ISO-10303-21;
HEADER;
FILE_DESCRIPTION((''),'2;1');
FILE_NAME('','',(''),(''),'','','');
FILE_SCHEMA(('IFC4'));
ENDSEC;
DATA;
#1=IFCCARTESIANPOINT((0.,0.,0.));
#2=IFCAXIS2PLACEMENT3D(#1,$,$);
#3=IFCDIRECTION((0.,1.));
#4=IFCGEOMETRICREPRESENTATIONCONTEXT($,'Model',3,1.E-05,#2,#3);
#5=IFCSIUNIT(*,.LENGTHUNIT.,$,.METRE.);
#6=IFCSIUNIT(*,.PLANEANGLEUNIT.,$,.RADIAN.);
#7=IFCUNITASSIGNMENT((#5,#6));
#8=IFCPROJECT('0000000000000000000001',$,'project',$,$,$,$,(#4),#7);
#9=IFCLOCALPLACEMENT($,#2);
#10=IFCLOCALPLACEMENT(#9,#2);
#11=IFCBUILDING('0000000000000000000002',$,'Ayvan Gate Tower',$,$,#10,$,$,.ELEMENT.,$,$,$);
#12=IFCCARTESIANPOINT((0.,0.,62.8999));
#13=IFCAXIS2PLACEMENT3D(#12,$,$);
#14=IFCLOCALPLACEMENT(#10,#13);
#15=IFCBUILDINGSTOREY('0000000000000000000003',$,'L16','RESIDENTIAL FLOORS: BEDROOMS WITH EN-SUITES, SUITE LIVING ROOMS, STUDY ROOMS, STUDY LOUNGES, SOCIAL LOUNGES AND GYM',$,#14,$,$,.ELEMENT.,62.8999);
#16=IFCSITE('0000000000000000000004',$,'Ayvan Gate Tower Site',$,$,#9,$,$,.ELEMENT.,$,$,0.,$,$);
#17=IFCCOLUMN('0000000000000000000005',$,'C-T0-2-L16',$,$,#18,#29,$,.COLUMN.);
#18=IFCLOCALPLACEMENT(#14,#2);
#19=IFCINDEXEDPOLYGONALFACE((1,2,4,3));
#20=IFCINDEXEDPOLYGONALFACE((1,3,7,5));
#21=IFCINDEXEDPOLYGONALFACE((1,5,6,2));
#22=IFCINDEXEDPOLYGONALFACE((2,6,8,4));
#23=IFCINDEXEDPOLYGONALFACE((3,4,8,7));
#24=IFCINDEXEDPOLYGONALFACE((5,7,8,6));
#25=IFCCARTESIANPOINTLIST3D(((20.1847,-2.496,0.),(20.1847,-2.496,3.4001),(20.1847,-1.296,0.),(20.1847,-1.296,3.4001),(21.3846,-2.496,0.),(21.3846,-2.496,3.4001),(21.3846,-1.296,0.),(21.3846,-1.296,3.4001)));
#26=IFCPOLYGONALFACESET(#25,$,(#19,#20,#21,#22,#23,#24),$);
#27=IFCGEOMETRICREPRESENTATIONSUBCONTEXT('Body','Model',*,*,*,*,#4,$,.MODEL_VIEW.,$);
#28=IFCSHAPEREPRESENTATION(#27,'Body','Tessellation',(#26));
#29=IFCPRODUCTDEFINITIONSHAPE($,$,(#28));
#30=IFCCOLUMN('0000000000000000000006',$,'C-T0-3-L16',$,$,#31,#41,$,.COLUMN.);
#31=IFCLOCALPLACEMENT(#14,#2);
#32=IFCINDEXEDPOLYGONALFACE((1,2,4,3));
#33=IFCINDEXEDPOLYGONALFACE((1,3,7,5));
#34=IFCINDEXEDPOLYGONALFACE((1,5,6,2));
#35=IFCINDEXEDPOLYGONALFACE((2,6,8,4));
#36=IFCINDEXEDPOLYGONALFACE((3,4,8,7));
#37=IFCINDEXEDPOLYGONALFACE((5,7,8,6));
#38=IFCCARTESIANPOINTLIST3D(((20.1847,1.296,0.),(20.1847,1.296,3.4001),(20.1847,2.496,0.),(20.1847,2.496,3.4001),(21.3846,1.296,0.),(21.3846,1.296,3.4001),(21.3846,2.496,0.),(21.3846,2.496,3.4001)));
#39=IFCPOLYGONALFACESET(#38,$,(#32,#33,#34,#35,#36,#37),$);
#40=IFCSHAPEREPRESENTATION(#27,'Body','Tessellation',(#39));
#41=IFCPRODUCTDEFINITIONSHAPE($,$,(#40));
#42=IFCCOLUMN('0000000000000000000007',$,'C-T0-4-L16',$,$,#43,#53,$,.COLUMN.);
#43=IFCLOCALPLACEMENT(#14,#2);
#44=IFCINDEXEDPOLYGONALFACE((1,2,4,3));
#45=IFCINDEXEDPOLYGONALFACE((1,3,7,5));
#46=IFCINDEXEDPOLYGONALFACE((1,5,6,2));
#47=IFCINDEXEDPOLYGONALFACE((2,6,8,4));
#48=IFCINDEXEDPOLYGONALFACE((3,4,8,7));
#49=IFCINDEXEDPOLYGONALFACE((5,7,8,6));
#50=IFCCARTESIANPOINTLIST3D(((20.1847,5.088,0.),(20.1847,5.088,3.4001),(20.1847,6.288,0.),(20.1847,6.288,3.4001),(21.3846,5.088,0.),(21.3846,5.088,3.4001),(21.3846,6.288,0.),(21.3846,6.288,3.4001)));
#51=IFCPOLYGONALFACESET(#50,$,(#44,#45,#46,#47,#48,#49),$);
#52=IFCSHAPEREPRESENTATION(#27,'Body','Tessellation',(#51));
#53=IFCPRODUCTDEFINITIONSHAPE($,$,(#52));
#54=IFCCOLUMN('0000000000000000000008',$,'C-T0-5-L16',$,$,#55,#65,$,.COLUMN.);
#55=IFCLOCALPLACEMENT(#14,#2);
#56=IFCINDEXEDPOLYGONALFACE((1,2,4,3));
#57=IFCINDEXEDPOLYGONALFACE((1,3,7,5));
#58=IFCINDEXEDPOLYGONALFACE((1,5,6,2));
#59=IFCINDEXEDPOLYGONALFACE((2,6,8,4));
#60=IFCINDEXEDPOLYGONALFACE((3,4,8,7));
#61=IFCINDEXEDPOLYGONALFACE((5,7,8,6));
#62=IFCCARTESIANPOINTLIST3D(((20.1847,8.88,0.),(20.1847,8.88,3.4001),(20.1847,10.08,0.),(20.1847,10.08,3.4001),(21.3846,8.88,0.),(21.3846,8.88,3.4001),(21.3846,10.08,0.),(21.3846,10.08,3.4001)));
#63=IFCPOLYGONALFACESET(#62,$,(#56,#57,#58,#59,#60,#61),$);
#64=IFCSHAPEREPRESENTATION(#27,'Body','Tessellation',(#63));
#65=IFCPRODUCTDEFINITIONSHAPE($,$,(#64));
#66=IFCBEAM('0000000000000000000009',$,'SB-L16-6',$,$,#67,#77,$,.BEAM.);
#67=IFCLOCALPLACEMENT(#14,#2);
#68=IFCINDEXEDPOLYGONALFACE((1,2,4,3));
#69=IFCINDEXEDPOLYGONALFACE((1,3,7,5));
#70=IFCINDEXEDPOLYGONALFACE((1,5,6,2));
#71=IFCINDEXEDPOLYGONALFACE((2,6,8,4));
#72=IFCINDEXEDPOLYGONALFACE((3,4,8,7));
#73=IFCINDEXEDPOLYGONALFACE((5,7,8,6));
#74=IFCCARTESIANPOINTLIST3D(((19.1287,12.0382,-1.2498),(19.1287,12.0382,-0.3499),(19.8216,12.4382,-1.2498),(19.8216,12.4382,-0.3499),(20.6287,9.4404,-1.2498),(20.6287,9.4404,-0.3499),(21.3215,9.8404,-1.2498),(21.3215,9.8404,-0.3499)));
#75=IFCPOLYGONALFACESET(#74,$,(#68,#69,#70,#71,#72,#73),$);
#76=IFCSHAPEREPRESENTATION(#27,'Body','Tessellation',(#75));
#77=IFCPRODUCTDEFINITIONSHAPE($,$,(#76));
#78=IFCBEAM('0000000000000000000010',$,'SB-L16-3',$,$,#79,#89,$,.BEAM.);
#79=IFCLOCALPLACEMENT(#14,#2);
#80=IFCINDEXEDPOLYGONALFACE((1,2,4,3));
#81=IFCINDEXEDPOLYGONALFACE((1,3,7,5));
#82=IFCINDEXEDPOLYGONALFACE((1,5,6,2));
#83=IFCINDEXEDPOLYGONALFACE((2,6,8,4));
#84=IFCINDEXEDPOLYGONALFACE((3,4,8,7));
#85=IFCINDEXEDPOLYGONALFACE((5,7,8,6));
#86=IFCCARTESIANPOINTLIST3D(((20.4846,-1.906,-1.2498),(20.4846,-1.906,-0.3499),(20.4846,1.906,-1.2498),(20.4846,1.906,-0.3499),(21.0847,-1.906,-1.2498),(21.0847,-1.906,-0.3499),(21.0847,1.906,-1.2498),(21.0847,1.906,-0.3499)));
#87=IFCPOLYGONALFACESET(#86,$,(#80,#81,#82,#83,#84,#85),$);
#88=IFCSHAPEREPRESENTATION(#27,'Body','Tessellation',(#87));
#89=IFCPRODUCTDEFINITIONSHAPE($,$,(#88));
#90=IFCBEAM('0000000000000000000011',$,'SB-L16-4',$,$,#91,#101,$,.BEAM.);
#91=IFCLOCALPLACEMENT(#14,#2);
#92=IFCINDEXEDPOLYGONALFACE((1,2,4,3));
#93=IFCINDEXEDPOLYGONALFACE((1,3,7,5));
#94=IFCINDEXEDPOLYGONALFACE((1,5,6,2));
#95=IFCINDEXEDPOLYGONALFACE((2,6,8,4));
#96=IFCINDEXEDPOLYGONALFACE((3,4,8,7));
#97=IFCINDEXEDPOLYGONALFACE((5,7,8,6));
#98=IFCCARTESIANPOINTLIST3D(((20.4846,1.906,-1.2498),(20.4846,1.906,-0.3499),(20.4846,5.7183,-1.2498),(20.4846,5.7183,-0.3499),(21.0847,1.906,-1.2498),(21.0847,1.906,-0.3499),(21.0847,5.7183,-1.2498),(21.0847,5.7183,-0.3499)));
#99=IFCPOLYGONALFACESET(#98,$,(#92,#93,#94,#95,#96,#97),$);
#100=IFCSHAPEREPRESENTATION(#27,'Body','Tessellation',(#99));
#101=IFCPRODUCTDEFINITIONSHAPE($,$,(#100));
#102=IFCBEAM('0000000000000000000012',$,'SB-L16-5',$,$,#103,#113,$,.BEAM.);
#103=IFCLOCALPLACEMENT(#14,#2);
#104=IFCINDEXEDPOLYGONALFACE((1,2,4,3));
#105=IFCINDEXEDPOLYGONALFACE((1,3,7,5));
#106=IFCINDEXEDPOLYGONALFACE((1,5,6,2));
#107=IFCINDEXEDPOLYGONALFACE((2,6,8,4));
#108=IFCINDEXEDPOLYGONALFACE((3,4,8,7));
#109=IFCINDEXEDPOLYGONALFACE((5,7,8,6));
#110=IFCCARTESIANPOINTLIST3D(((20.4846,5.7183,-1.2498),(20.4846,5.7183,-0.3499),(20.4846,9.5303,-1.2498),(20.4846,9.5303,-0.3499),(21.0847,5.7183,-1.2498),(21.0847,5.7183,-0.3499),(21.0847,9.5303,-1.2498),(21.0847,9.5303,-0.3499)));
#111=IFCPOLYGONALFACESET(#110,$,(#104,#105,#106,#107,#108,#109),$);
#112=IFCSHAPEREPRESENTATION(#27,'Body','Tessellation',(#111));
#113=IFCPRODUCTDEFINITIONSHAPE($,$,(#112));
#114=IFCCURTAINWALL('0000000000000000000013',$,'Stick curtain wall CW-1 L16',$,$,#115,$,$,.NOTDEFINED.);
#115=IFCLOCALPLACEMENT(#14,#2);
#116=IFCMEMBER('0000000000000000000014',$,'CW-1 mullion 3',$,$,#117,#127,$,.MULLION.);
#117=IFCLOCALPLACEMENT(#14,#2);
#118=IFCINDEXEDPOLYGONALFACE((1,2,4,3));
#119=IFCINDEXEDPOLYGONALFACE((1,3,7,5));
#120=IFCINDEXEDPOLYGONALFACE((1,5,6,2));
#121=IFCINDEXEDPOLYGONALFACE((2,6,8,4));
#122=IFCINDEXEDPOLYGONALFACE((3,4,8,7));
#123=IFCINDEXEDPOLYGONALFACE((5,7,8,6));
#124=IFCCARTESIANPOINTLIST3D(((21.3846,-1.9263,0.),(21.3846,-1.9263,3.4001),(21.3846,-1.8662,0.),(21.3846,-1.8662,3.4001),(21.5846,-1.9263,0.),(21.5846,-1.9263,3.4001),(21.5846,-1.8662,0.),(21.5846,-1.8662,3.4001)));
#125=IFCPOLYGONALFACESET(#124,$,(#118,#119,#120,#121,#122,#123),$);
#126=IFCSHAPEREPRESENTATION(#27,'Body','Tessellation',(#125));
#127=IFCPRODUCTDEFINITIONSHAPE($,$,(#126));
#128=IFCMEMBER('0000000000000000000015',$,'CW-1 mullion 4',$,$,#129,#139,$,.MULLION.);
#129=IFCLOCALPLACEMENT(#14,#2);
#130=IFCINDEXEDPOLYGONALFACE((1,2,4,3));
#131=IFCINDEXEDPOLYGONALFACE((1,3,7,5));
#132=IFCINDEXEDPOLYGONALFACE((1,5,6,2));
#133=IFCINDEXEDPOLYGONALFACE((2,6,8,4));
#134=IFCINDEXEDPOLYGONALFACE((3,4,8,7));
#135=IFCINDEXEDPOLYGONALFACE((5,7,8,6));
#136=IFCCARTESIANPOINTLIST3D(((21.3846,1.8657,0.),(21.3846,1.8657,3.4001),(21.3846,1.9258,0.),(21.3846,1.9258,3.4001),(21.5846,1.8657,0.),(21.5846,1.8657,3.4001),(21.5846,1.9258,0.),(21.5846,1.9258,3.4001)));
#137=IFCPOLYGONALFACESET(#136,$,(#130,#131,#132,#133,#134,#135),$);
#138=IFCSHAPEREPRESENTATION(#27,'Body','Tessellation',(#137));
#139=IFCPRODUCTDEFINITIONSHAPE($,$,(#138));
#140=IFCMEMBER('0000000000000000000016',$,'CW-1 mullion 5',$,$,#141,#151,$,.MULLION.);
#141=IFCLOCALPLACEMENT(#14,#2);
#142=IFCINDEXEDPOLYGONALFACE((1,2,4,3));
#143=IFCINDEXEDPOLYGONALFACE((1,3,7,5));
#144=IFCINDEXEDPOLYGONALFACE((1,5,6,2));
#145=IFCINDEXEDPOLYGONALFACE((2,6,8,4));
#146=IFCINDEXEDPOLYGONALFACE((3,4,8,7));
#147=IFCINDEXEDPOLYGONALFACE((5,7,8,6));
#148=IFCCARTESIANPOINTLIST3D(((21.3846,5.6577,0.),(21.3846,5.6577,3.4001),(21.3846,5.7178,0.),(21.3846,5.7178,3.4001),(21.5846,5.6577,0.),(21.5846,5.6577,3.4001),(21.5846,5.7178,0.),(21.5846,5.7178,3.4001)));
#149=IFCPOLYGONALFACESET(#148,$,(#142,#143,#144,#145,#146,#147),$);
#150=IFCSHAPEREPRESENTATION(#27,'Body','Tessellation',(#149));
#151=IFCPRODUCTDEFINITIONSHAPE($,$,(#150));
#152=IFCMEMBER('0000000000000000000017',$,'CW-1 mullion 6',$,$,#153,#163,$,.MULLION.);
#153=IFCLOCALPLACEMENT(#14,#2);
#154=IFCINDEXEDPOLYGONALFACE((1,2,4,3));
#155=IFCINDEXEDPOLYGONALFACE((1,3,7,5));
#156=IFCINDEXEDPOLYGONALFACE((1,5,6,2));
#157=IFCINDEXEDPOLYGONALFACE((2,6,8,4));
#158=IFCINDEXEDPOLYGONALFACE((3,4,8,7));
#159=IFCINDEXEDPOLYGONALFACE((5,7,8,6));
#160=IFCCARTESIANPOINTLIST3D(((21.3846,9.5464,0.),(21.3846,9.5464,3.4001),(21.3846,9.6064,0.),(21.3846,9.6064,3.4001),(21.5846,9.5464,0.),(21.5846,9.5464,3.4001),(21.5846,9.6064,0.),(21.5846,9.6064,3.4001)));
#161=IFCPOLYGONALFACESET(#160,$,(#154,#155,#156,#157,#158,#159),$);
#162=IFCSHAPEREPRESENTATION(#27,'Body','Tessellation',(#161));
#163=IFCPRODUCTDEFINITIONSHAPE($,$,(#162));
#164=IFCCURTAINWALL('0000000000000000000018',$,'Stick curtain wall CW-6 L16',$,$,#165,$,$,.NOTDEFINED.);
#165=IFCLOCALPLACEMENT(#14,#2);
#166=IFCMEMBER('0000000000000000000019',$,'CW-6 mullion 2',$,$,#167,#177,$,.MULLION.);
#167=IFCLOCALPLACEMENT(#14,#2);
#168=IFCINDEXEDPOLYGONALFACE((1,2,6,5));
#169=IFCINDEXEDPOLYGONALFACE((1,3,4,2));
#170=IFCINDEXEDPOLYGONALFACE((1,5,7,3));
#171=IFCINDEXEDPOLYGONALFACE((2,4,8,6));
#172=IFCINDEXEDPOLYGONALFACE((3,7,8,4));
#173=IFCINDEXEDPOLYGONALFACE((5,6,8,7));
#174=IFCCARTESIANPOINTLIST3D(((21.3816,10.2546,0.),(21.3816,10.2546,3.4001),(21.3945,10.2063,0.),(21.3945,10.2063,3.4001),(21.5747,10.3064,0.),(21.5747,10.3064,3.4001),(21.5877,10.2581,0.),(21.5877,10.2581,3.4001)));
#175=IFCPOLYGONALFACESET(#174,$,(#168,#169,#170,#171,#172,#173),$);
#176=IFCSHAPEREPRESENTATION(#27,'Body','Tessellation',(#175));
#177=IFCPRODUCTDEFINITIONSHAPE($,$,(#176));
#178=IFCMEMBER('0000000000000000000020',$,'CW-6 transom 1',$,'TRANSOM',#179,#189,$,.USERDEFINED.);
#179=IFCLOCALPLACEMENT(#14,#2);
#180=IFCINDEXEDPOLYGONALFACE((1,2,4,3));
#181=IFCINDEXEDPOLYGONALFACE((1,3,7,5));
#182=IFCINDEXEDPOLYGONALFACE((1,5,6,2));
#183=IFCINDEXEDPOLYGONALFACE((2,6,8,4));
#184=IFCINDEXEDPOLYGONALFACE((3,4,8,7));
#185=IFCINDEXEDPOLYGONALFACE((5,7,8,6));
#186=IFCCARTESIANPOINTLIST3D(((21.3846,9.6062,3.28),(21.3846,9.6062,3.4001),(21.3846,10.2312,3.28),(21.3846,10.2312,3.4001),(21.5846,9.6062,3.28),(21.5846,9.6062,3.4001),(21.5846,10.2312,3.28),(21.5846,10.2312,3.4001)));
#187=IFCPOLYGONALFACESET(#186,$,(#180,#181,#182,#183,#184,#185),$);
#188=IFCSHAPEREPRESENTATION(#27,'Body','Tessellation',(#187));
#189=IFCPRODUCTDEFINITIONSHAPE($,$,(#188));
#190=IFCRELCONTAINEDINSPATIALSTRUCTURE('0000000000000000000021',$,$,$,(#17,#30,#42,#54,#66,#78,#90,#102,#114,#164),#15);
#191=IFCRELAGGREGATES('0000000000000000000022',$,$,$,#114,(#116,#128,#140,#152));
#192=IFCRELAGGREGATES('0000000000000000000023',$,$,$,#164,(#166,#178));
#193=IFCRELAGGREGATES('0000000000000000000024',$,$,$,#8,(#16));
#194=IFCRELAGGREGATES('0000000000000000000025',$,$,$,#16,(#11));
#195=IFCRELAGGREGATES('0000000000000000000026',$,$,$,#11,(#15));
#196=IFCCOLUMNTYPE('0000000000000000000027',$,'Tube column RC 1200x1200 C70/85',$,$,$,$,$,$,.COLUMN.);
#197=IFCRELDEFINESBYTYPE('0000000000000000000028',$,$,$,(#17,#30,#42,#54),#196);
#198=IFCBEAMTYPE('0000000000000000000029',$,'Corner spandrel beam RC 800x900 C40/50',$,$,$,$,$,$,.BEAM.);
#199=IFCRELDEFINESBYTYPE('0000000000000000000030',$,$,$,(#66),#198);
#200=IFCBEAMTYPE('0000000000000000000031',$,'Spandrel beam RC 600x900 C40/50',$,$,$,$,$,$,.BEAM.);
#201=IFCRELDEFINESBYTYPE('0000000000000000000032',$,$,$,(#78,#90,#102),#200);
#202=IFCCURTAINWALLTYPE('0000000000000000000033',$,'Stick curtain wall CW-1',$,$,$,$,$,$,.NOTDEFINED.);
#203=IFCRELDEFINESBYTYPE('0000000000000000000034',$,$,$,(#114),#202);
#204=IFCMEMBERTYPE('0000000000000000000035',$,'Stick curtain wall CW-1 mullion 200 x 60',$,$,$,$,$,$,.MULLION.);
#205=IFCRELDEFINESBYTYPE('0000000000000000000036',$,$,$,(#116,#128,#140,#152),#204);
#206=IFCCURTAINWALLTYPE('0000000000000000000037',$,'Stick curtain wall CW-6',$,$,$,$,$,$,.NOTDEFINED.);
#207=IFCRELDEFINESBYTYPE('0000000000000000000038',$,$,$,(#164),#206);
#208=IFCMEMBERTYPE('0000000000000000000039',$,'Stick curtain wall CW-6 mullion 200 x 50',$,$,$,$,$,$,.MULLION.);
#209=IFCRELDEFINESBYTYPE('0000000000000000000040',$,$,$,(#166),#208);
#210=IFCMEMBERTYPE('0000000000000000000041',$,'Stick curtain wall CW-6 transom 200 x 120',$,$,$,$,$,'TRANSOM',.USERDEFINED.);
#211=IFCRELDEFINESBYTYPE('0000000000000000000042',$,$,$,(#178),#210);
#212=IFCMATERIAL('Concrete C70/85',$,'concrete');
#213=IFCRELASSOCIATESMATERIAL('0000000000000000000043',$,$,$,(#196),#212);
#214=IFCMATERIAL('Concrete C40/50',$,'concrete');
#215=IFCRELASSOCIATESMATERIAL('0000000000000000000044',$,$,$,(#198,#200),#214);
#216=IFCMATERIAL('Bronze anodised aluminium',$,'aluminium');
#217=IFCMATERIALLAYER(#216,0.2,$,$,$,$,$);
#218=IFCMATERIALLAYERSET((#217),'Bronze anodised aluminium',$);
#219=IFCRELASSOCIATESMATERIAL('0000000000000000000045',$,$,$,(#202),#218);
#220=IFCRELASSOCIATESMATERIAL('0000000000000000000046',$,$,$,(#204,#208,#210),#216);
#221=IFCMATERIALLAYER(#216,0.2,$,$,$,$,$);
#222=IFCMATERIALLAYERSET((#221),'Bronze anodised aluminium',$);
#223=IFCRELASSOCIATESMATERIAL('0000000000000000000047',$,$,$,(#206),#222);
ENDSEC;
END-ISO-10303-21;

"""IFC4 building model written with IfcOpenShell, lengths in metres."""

from ifc_helpers import new_model, si_unit, direction, frame, origin, origin_2d, place, context, subcontext, project, spatial, rectangle, extrude, material, layer, layer_set, material_profile, profile_set, type_object, element, aggregate, save


model = new_model("IFC4")

# Units and contexts
model_context = context("Model", 3, precision=1e-05, world=origin(), true_north=direction((0.0, 1.0)))
body_context = subcontext(model_context, "Body", "Model", "MODEL_VIEW")
ifc_project = project(units=[si_unit("LENGTHUNIT", "METRE"), si_unit("PLANEANGLEUNIT", "RADIAN")], contexts=[model_context])

# Site, building, storey
site_placement = place(None, origin())
site = spatial("IfcSite", under=ifc_project, at=site_placement, Name="Ayvan Gate Tower Site", CompositionType="ELEMENT", RefElevation=0.0)
building_placement = place(site_placement, origin())
building = spatial("IfcBuilding", under=site, at=building_placement, Name="Ayvan Gate Tower", CompositionType="ELEMENT")
storey_placement = place(building_placement, frame((0.0, 0.0, 62.8999)))
storey = spatial("IfcBuildingStorey", under=building, at=storey_placement, Name="L16", Description="RESIDENTIAL FLOORS: BEDROOMS WITH EN-SUITES, SUITE LIVING ROOMS, STUDY ROOMS, STUDY LOUNGES, SOCIAL LOUNGES AND GYM", CompositionType="ELEMENT", Elevation=62.8999)

# Columns
ifc_material_1 = material(Name="Concrete C70/85", Category="concrete")
ifc_material_profile_1 = material_profile(ifc_material_1, rectangle(XDim=1.2, YDim=1.2, at=origin_2d()), Name="RC 1200x1200")
ifc_profile_set_1 = profile_set([ifc_material_profile_1], Name="Concrete C70/85")
column_type = type_object("IfcColumnType", Name="Tube column RC 1200x1200 C70/85", PredefinedType="COLUMN", material=ifc_profile_set_1)
for number, where, z_axis, x_axis, name in (
    (1, (20.7847, -1.896, 0.0), (0.0, 0.0, 1.0), (1.0, 0.0, 0.0), "C-T0-2-L16"),
    (2, (20.7847, 1.896, 0.0), (0.0, 0.0, 1.0), (1.0, 0.0, 0.0), "C-T0-3-L16"),
    (3, (20.7847, 5.688, 0.0), (0.0, 0.0, 1.0), (1.0, 0.0, 0.0), "C-T0-4-L16"),
    (4, (20.7847, 9.48, 0.0), (0.0, 0.0, 1.0), (1.0, 0.0, 0.0), "C-T0-5-L16"),
):
    element("IfcColumn", number, at=place(storey_placement, frame(where, z_axis=z_axis, x_axis=x_axis)), inside=storey, type_object=column_type, Name=name, PredefinedType="COLUMN", context=body_context, shape_type="SweptSolid", body=[
        extrude(rectangle(XDim=1.2, YDim=1.2, at=origin_2d()), origin(), (0.0, 0.0, 1.0), 3.4001),
    ])

# Beams
ifc_material_2 = material(Name="Concrete C40/50", Category="concrete")
ifc_material_profile_2 = material_profile(ifc_material_2, rectangle(XDim=0.8, YDim=0.8999, at=origin_2d()), Name="RC 800x900")
ifc_profile_set_2 = profile_set([ifc_material_profile_2], Name="Concrete C40/50")
beam_type_1 = type_object("IfcBeamType", Name="Corner spandrel beam RC 800x900 C40/50", PredefinedType="BEAM", material=ifc_profile_set_2)
beam_1_placement = place(storey_placement, frame((20.9751, 9.6404, -0.7998), z_axis=(-0.500025, 0.866011, 0.0), x_axis=(-0.866011, -0.500025, 0.0)))
element("IfcBeam", 5, at=beam_1_placement, inside=storey, type_object=beam_type_1, Name="SB-L16-6", PredefinedType="BEAM", context=body_context, shape_type="SweptSolid", body=[
    extrude(rectangle(XDim=0.8, YDim=0.8999, at=origin_2d()), origin(), (0.0, 0.0, 1.0), 2.9998),
])
ifc_material_profile_3 = material_profile(ifc_material_2, rectangle(XDim=0.6001, YDim=0.8999, at=origin_2d()), Name="RC 600x900")
ifc_profile_set_3 = profile_set([ifc_material_profile_3], Name="Concrete C40/50")
beam_type_2 = type_object("IfcBeamType", Name="Spandrel beam RC 600x900 C40/50", PredefinedType="BEAM", material=ifc_profile_set_3)
beam_2_placement = place(storey_placement, frame((20.7847, -1.906, -0.7998), z_axis=(0.0, 1.0, 0.0), x_axis=(-1.0, 0.0, 0.0)))
element("IfcBeam", 6, at=beam_2_placement, inside=storey, type_object=beam_type_2, Name="SB-L16-3", PredefinedType="BEAM", context=body_context, shape_type="SweptSolid", body=[
    extrude(rectangle(XDim=0.6001, YDim=0.8999, at=origin_2d()), origin(), (0.0, 0.0, 1.0), 3.812),
])
beam_3_placement = place(storey_placement, frame((20.7847, 1.906, -0.7998), z_axis=(0.0, 1.0, 0.0), x_axis=(-1.0, 0.0, 0.0)))
element("IfcBeam", 7, at=beam_3_placement, inside=storey, type_object=beam_type_2, Name="SB-L16-4", PredefinedType="BEAM", context=body_context, shape_type="SweptSolid", body=[
    extrude(rectangle(XDim=0.6001, YDim=0.8999, at=origin_2d()), origin(), (0.0, 0.0, 1.0), 3.8123),
])
beam_4_placement = place(storey_placement, frame((20.7847, 5.7183, -0.7998), z_axis=(0.0, 1.0, 0.0), x_axis=(-1.0, 0.0, 0.0)))
element("IfcBeam", 8, at=beam_4_placement, inside=storey, type_object=beam_type_2, Name="SB-L16-5", PredefinedType="BEAM", context=body_context, shape_type="SweptSolid", body=[
    extrude(rectangle(XDim=0.6001, YDim=0.8999, at=origin_2d()), origin(), (0.0, 0.0, 1.0), 3.812),
])

# Curtain walls, members
ifc_material_3 = material(Name="Bronze anodised aluminium", Category="aluminium")
ifc_layer_1 = layer(ifc_material_3, 0.2)
ifc_layer_set_1 = layer_set([ifc_layer_1], Name="Bronze anodised aluminium")
curtain_wall_type_1 = type_object("IfcCurtainWallType", Name="Stick curtain wall CW-1", PredefinedType="NOTDEFINED", material=ifc_layer_set_1)
curtain_wall_1_placement = place(storey_placement, origin())
curtain_wall_1 = element("IfcCurtainWall", 9, at=curtain_wall_1_placement, inside=storey, type_object=curtain_wall_type_1, Name="Stick curtain wall CW-1 L16", PredefinedType="NOTDEFINED")
ifc_material_profile_4 = material_profile(ifc_material_3, rectangle(XDim=0.2, YDim=0.0601, at=origin_2d()), Name="Stick curtain wall CW-1 mullion 200 x 60")
ifc_profile_set_4 = profile_set([ifc_material_profile_4], Name="Bronze anodised aluminium")
member_type_1 = type_object("IfcMemberType", Name="Stick curtain wall CW-1 mullion 200 x 60", PredefinedType="MULLION", material=ifc_profile_set_4)
member_1_placement = place(storey_placement, frame((21.4846, -1.8962, 0.0), z_axis=(0.0, 0.0, 1.0), x_axis=(1.0, 0.0, 0.0)))
member_1 = element("IfcMember", 10, at=member_1_placement, type_object=member_type_1, Name="CW-1 mullion 3", PredefinedType="MULLION", context=body_context, shape_type="SweptSolid", body=[
    extrude(rectangle(XDim=0.2, YDim=0.0601, at=origin_2d()), origin(), (0.0, 0.0, 1.0), 3.4001),
])
member_2_placement = place(storey_placement, frame((21.4846, 1.8958, 0.0), z_axis=(0.0, 0.0, 1.0), x_axis=(1.0, 0.0, 0.0)))
member_2 = element("IfcMember", 11, at=member_2_placement, type_object=member_type_1, Name="CW-1 mullion 4", PredefinedType="MULLION", context=body_context, shape_type="SweptSolid", body=[
    extrude(rectangle(XDim=0.2, YDim=0.0601, at=origin_2d()), origin(), (0.0, 0.0, 1.0), 3.4001),
])
member_3_placement = place(storey_placement, frame((21.4846, 5.6877, 0.0), z_axis=(0.0, 0.0, 1.0), x_axis=(1.0, 0.0, 0.0)))
member_3 = element("IfcMember", 12, at=member_3_placement, type_object=member_type_1, Name="CW-1 mullion 5", PredefinedType="MULLION", context=body_context, shape_type="SweptSolid", body=[
    extrude(rectangle(XDim=0.2, YDim=0.0601, at=origin_2d()), origin(), (0.0, 0.0, 1.0), 3.4001),
])
member_4_placement = place(storey_placement, frame((21.4846, 9.5764, 0.0), z_axis=(0.0, 0.0, 1.0), x_axis=(1.0, 0.0, 0.0)))
member_4 = element("IfcMember", 13, at=member_4_placement, type_object=member_type_1, Name="CW-1 mullion 6", PredefinedType="MULLION", context=body_context, shape_type="SweptSolid", body=[
    extrude(rectangle(XDim=0.2, YDim=0.0601, at=origin_2d()), origin(), (0.0, 0.0, 1.0), 3.4001),
])
ifc_layer_2 = layer(ifc_material_3, 0.2)
ifc_layer_set_2 = layer_set([ifc_layer_2], Name="Bronze anodised aluminium")
curtain_wall_type_2 = type_object("IfcCurtainWallType", Name="Stick curtain wall CW-6", PredefinedType="NOTDEFINED", material=ifc_layer_set_2)
curtain_wall_2_placement = place(storey_placement, origin())
curtain_wall_2 = element("IfcCurtainWall", 14, at=curtain_wall_2_placement, inside=storey, type_object=curtain_wall_type_2, Name="Stick curtain wall CW-6 L16", PredefinedType="NOTDEFINED")
ifc_material_profile_5 = material_profile(ifc_material_3, rectangle(XDim=0.2, YDim=0.05, at=origin_2d()), Name="Stick curtain wall CW-6 mullion 200 x 50")
ifc_profile_set_5 = profile_set([ifc_material_profile_5], Name="Bronze anodised aluminium")
member_type_2 = type_object("IfcMemberType", Name="Stick curtain wall CW-6 mullion 200 x 50", PredefinedType="MULLION", material=ifc_profile_set_5)
member_5_placement = place(storey_placement, frame((21.4846, 10.2563, 0.0), z_axis=(0.0, 0.0, 1.0), x_axis=(0.965926, 0.258819, 0.0)))
member_5 = element("IfcMember", 15, at=member_5_placement, type_object=member_type_2, Name="CW-6 mullion 2", PredefinedType="MULLION", context=body_context, shape_type="SweptSolid", body=[
    extrude(rectangle(XDim=0.2, YDim=0.05, at=origin_2d()), origin(), (0.0, 0.0, 1.0), 3.4001),
])
ifc_material_profile_6 = material_profile(ifc_material_3, rectangle(XDim=0.2, YDim=0.1201, at=origin_2d()), Name="Stick curtain wall CW-6 transom 200 x 120")
ifc_profile_set_6 = profile_set([ifc_material_profile_6], Name="Bronze anodised aluminium")
member_type_3 = type_object("IfcMemberType", Name="Stick curtain wall CW-6 transom 200 x 120", ElementType="TRANSOM", PredefinedType="USERDEFINED", material=ifc_profile_set_6)
member_6_placement = place(storey_placement, frame((21.4846, 9.6062, 3.3401), z_axis=(0.0, 1.0, 0.0), x_axis=(-1.0, 0.0, 0.0)))
member_6 = element("IfcMember", 16, at=member_6_placement, type_object=member_type_3, Name="CW-6 transom 1", ObjectType="TRANSOM", PredefinedType="USERDEFINED", context=body_context, shape_type="SweptSolid", body=[
    extrude(rectangle(XDim=0.2, YDim=0.1201, at=origin_2d()), origin(), (0.0, 0.0, 1.0), 0.625),
])

aggregate(curtain_wall_1, [member_1, member_2, member_3, member_4])
aggregate(curtain_wall_2, [member_5, member_6])

save(model, "model.ifc")
